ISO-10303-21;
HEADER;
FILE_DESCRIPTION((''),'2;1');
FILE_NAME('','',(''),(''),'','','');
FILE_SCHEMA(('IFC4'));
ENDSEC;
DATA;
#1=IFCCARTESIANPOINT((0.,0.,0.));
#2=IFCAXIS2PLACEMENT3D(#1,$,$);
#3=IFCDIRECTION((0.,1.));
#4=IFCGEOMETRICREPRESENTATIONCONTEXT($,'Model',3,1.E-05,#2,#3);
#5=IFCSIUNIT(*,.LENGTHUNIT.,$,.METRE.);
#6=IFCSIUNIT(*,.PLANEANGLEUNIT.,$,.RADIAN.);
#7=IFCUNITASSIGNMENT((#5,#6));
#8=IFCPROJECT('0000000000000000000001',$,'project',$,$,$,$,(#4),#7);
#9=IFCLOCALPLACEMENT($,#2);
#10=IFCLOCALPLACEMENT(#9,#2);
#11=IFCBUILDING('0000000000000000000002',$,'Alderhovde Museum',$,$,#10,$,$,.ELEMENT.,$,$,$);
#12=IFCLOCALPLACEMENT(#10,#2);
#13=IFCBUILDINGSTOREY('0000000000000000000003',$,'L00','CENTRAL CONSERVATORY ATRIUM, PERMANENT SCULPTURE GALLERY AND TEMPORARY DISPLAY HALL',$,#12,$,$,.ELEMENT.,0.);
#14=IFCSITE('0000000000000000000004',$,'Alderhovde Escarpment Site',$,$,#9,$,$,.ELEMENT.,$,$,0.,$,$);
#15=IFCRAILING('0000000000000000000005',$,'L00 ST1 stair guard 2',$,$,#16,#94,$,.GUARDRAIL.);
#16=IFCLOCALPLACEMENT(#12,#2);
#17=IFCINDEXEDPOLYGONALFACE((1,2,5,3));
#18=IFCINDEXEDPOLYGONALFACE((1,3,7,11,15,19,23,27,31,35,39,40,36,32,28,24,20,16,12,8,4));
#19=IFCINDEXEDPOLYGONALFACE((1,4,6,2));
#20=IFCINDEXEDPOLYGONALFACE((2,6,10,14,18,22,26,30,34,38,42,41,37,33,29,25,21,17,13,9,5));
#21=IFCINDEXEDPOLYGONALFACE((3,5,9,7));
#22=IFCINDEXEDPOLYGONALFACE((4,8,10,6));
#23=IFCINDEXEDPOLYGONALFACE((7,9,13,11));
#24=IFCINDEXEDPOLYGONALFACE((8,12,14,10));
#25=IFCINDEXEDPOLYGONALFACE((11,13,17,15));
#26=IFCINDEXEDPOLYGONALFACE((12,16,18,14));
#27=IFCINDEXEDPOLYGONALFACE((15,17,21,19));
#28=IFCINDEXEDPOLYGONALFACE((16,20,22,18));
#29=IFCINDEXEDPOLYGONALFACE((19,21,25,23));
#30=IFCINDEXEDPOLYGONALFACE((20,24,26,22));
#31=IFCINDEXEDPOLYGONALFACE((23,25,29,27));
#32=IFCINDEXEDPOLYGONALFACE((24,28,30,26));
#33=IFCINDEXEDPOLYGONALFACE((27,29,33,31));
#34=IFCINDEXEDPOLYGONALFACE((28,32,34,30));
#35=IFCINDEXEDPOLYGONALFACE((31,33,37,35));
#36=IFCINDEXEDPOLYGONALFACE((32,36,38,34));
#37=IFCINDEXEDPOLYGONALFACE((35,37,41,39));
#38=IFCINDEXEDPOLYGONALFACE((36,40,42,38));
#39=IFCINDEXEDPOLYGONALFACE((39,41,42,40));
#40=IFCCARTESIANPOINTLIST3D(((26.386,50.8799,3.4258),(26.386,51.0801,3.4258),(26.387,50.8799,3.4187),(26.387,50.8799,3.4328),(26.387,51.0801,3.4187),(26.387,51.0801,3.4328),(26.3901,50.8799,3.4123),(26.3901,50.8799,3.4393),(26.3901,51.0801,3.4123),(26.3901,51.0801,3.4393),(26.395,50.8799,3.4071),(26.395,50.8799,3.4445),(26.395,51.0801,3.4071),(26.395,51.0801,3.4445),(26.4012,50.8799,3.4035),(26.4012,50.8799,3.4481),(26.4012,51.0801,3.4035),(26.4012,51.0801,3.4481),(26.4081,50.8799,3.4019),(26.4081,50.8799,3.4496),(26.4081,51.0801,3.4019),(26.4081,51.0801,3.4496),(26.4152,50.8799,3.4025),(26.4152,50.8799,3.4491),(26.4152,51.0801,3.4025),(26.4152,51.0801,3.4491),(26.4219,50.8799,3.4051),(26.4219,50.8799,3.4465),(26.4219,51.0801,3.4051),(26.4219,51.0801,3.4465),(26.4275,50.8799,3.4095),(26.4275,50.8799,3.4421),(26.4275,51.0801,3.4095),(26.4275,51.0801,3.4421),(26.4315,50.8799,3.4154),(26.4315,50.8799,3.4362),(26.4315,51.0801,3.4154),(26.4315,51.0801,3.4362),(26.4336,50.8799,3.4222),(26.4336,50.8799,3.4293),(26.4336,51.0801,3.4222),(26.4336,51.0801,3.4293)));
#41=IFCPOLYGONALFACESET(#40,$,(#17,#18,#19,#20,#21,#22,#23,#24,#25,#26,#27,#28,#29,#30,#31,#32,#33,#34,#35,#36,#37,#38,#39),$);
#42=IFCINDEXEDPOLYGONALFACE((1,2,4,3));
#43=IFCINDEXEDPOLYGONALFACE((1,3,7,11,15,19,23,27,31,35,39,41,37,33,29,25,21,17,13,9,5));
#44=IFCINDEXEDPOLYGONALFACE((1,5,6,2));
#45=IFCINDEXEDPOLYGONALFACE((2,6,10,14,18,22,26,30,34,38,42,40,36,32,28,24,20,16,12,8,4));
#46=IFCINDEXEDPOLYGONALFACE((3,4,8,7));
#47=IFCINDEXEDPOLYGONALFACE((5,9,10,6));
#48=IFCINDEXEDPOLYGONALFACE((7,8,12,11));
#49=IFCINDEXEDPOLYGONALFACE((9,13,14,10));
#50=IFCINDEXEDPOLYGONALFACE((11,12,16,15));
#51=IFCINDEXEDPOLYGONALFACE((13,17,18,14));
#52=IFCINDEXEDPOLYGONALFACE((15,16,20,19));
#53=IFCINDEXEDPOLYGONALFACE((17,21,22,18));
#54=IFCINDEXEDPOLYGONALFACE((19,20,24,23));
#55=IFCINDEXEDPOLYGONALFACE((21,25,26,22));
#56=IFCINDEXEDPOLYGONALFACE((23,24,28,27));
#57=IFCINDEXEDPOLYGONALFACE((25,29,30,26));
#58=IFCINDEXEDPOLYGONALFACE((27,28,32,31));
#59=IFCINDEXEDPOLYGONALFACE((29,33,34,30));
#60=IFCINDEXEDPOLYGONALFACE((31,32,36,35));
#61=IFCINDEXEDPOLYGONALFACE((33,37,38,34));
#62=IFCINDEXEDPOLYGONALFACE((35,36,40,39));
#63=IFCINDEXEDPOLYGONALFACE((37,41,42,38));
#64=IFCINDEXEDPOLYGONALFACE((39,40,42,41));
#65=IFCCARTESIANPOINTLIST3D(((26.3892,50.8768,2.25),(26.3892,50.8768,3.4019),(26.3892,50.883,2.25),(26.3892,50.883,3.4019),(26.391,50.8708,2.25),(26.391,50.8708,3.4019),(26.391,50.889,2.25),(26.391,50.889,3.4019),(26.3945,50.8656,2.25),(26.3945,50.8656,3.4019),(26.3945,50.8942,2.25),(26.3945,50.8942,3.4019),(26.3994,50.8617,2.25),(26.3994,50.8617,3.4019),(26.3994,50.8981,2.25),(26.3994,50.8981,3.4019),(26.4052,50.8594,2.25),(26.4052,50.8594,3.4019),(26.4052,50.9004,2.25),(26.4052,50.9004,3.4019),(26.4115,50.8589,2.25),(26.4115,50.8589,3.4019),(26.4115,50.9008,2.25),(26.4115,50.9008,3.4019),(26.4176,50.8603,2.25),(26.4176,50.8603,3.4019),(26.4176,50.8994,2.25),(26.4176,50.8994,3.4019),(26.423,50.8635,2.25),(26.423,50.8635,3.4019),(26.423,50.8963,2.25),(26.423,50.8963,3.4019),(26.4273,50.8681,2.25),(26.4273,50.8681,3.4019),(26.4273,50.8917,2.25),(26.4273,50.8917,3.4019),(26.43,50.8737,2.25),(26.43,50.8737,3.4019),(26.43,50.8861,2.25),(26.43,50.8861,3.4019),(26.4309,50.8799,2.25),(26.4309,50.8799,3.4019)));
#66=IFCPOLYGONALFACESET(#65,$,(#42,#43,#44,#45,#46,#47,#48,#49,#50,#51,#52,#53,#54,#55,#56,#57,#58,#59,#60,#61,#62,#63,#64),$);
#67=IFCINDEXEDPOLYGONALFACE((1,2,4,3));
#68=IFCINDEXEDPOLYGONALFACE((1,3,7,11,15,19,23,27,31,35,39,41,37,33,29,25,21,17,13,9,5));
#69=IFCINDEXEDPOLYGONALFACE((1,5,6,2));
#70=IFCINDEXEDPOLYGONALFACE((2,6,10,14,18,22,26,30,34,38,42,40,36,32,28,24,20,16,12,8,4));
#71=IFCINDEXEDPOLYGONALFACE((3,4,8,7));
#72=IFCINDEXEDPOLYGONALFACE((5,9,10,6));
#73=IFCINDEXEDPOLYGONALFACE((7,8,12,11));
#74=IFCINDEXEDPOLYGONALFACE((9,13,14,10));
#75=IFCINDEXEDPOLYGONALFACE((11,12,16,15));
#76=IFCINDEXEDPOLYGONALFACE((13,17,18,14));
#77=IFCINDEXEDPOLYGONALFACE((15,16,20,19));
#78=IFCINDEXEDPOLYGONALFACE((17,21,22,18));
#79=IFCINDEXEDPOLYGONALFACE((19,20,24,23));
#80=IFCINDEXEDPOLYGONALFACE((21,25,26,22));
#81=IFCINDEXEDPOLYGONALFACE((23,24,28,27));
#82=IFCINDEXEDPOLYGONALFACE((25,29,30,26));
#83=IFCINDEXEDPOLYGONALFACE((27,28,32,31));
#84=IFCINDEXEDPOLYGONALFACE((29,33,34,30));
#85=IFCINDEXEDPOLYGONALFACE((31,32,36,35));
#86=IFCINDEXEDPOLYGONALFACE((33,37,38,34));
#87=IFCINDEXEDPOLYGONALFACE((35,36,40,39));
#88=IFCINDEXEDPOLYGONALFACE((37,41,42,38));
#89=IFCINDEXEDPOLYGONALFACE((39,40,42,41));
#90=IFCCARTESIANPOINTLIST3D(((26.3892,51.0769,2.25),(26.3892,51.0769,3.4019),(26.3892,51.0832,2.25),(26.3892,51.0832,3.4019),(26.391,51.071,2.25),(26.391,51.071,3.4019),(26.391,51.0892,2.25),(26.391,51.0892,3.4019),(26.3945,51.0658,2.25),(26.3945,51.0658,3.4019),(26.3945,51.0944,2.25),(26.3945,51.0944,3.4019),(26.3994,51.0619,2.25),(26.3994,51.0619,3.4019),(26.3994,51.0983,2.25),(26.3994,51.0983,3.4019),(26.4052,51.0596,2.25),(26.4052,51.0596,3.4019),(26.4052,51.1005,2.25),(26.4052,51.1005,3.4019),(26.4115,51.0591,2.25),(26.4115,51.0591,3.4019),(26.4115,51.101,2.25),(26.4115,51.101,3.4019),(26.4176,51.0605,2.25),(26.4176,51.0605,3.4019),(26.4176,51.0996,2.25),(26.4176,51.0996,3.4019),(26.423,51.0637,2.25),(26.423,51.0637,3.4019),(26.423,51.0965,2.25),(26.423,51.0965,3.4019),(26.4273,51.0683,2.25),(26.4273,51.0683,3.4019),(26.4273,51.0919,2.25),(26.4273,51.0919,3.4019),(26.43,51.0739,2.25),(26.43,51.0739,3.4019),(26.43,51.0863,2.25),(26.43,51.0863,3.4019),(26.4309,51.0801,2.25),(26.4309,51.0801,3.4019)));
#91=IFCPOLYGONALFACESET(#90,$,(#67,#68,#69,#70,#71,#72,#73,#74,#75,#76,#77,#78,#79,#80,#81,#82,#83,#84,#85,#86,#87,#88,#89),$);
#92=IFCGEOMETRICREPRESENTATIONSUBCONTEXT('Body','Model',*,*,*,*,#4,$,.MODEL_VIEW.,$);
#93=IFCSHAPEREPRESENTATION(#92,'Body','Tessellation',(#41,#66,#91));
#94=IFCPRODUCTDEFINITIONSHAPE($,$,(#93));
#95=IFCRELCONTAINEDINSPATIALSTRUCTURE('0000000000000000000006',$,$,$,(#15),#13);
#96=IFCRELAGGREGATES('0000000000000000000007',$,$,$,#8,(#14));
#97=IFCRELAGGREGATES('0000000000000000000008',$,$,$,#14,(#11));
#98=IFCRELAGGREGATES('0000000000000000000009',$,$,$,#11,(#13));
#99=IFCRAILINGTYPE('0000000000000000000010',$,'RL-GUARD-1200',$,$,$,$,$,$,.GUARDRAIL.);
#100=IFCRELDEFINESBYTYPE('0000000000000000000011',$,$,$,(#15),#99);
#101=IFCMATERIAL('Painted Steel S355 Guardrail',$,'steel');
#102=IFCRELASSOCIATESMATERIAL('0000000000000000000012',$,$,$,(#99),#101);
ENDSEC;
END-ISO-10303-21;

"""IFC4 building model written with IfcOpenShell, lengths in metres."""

from ifc_helpers import new_model, si_unit, direction, frame, origin, origin_2d, place, context, subcontext, project, spatial, circle, extrude, material, type_object, element, save


model = new_model("IFC4")

# Units and contexts
model_context = context("Model", 3, precision=1e-05, world=origin(), true_north=direction((0.0, 1.0)))
body_context = subcontext(model_context, "Body", "Model", "MODEL_VIEW")
ifc_project = project(units=[si_unit("LENGTHUNIT", "METRE"), si_unit("PLANEANGLEUNIT", "RADIAN")], contexts=[model_context])

# Site, building, storey
site_placement = place(None, origin())
site = spatial("IfcSite", under=ifc_project, at=site_placement, Name="Alderhovde Escarpment Site", CompositionType="ELEMENT", RefElevation=0.0)
building_placement = place(site_placement, origin())
building = spatial("IfcBuilding", under=site, at=building_placement, Name="Alderhovde Museum", CompositionType="ELEMENT")
storey_placement = place(building_placement, origin())
storey = spatial("IfcBuildingStorey", under=building, at=storey_placement, Name="L00", Description="CENTRAL CONSERVATORY ATRIUM, PERMANENT SCULPTURE GALLERY AND TEMPORARY DISPLAY HALL", CompositionType="ELEMENT", Elevation=0.0)

# Railing
ifc_material_1 = material(Name="Painted Steel S355 Guardrail", Category="steel")
railing_type_1 = type_object("IfcRailingType", Name="RL-GUARD-1200", PredefinedType="GUARDRAIL", material=ifc_material_1)
railing_1_placement = place(storey_placement, frame((26.4099, 50.8799, 2.25)))
element("IfcRailing", 1, at=railing_1_placement, inside=storey, type_object=railing_type_1, Name="L00 ST1 stair guard 2", PredefinedType="GUARDRAIL", context=body_context, shape_type="SweptSolid", body=[
    extrude(circle(Radius=0.0239, at=origin_2d()), frame((0.0, 0.0, 1.1758), z_axis=(0.0, 1.0, 0.0), x_axis=(-1.0, 0.0, 0.0)), (0.0, 0.0, 1.0), 0.2002),
    extrude(circle(Radius=0.021, at=origin_2d()), origin(), (0.0, 0.0, 1.0), 1.1519),
    extrude(circle(Radius=0.021, at=origin_2d()), frame((0.0, 0.2002, 0.0)), (0.0, 0.0, 1.0), 1.1519),
])

save(model, "model.ifc")
